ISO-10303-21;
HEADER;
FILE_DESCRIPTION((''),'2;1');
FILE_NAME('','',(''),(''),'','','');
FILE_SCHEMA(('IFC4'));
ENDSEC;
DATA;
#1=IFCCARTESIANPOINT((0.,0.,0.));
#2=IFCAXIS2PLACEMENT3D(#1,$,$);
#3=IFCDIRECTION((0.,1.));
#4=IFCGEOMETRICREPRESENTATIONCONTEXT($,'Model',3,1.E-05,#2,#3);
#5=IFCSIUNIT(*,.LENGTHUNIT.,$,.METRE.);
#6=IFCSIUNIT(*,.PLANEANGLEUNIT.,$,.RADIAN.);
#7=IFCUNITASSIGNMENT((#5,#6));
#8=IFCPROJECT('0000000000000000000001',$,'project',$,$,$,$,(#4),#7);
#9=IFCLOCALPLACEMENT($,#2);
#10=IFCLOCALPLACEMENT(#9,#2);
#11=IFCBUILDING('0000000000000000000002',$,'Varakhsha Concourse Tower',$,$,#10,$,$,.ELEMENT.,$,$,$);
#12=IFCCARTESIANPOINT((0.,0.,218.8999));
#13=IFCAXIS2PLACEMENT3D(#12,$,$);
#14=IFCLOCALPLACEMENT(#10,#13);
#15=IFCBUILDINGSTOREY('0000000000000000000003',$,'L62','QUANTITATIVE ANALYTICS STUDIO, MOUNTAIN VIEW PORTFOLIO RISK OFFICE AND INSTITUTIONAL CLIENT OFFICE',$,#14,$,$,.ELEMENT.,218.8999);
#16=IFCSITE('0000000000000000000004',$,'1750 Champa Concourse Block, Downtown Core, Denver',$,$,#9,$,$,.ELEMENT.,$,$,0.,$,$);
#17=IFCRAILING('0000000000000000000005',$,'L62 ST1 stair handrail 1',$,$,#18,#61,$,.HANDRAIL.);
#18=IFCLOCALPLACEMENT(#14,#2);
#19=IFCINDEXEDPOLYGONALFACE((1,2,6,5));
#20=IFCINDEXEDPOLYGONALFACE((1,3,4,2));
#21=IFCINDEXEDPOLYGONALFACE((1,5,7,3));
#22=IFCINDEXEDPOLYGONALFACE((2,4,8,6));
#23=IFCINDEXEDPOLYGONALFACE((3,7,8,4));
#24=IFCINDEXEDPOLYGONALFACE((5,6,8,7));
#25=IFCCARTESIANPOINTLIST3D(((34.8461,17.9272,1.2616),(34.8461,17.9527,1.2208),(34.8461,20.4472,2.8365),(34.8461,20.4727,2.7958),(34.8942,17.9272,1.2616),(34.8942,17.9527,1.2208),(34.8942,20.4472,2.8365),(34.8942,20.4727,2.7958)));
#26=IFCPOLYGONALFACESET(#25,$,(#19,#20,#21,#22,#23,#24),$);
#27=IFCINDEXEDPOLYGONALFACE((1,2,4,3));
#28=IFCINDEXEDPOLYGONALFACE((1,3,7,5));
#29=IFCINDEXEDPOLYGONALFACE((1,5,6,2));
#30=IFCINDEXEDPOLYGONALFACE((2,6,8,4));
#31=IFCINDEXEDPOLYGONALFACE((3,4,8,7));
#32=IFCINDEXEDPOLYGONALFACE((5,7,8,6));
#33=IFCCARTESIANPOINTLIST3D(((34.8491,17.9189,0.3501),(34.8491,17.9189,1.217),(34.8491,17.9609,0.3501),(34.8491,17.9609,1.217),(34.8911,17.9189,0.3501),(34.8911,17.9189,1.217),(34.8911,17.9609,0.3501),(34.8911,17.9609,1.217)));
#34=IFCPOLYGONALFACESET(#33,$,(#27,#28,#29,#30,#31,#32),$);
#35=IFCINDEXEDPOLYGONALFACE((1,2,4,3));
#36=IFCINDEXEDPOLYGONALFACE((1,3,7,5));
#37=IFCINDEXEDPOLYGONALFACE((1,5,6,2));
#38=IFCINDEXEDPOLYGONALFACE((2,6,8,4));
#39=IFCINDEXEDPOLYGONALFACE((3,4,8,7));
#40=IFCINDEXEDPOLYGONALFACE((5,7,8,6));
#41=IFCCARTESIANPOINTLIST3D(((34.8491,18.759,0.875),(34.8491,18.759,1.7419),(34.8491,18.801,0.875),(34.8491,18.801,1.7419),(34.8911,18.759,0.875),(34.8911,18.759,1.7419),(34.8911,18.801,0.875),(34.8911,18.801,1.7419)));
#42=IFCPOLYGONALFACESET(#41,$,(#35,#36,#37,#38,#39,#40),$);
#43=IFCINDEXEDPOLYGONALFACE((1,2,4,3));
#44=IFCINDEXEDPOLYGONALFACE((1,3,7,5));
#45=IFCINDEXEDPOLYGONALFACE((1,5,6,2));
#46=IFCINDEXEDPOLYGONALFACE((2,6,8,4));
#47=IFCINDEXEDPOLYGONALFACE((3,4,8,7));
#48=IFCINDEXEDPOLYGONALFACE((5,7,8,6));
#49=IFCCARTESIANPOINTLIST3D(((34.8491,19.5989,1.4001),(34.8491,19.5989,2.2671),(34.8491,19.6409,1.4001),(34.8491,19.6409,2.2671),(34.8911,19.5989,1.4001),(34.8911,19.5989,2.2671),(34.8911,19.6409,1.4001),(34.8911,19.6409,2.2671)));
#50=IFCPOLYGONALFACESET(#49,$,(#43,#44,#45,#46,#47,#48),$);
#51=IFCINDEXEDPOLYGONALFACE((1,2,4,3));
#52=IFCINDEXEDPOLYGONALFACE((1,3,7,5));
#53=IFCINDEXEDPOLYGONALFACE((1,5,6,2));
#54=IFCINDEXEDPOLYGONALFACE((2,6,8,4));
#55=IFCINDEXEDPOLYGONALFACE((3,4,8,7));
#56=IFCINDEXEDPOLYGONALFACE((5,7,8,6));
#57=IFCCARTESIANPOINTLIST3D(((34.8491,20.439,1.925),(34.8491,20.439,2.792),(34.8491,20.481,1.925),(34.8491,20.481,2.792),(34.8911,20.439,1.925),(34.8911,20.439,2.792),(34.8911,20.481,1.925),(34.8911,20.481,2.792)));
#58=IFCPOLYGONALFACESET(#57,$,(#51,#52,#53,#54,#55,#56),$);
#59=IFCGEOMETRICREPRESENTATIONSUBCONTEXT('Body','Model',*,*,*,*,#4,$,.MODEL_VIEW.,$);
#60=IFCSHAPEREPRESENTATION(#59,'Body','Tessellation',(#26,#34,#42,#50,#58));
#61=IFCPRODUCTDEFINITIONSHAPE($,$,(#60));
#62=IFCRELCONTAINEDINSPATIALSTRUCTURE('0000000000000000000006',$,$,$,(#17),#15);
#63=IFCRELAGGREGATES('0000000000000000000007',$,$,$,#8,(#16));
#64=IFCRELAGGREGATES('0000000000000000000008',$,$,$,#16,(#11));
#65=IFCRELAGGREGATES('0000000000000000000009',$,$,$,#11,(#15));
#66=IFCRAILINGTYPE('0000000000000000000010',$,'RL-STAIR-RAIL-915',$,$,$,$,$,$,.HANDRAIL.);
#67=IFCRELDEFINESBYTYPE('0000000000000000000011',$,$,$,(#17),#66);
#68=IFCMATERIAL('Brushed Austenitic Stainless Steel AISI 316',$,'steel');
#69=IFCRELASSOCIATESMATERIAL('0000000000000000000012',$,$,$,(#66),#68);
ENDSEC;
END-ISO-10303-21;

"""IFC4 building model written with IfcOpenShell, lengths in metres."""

from ifc_helpers import new_model, si_unit, direction, frame, origin, origin_2d, place, context, subcontext, project, spatial, rectangle, extrude, material, type_object, element, save


model = new_model("IFC4")

# Units and contexts
model_context = context("Model", 3, precision=1e-05, world=origin(), true_north=direction((0.0, 1.0)))
body_context = subcontext(model_context, "Body", "Model", "MODEL_VIEW")
ifc_project = project(units=[si_unit("LENGTHUNIT", "METRE"), si_unit("PLANEANGLEUNIT", "RADIAN")], contexts=[model_context])

# Site, building, storey
site_placement = place(None, origin())
site = spatial("IfcSite", under=ifc_project, at=site_placement, Name="1750 Champa Concourse Block, Downtown Core, Denver", CompositionType="ELEMENT", RefElevation=0.0)
building_placement = place(site_placement, origin())
building = spatial("IfcBuilding", under=site, at=building_placement, Name="Varakhsha Concourse Tower", CompositionType="ELEMENT")
storey_placement = place(building_placement, frame((0.0, 0.0, 218.8999)))
storey = spatial("IfcBuildingStorey", under=building, at=storey_placement, Name="L62", Description="QUANTITATIVE ANALYTICS STUDIO, MOUNTAIN VIEW PORTFOLIO RISK OFFICE AND INSTITUTIONAL CLIENT OFFICE", CompositionType="ELEMENT", Elevation=218.8999)

# Railing
ifc_material_1 = material(Name="Brushed Austenitic Stainless Steel AISI 316", Category="steel")
railing_type_1 = type_object("IfcRailingType", Name="RL-STAIR-RAIL-915", PredefinedType="HANDRAIL", material=ifc_material_1)
railing_1_placement = place(storey_placement, frame((34.8701, 17.9399, 0.3501)))
element("IfcRailing", 1, at=railing_1_placement, inside=storey, type_object=railing_type_1, Name="L62 ST1 stair handrail 1", PredefinedType="HANDRAIL", context=body_context, shape_type="SweptSolid", body=[
    extrude(rectangle(XDim=0.0481, YDim=0.0481, at=origin_2d()), frame((0.0, 0.0, 0.8911), z_axis=(0.0, 0.848008, 0.529984), x_axis=(-1.0, 0.0, 0.0)), (0.0, 0.0, 1.0), 2.9717),
    extrude(rectangle(XDim=0.042, YDim=0.042, at=origin_2d()), origin(), (0.0, 0.0, 1.0), 0.8669),
    extrude(rectangle(XDim=0.042, YDim=0.042, at=origin_2d()), frame((0.0, 0.8401, 0.5249)), (0.0, 0.0, 1.0), 0.8669),
    extrude(rectangle(XDim=0.042, YDim=0.042, at=origin_2d()), frame((0.0, 1.6799, 1.05)), (0.0, 0.0, 1.0), 0.8669),
    extrude(rectangle(XDim=0.042, YDim=0.042, at=origin_2d()), frame((0.0, 2.52, 1.575)), (0.0, 0.0, 1.0), 0.8669),
])

save(model, "model.ifc")
